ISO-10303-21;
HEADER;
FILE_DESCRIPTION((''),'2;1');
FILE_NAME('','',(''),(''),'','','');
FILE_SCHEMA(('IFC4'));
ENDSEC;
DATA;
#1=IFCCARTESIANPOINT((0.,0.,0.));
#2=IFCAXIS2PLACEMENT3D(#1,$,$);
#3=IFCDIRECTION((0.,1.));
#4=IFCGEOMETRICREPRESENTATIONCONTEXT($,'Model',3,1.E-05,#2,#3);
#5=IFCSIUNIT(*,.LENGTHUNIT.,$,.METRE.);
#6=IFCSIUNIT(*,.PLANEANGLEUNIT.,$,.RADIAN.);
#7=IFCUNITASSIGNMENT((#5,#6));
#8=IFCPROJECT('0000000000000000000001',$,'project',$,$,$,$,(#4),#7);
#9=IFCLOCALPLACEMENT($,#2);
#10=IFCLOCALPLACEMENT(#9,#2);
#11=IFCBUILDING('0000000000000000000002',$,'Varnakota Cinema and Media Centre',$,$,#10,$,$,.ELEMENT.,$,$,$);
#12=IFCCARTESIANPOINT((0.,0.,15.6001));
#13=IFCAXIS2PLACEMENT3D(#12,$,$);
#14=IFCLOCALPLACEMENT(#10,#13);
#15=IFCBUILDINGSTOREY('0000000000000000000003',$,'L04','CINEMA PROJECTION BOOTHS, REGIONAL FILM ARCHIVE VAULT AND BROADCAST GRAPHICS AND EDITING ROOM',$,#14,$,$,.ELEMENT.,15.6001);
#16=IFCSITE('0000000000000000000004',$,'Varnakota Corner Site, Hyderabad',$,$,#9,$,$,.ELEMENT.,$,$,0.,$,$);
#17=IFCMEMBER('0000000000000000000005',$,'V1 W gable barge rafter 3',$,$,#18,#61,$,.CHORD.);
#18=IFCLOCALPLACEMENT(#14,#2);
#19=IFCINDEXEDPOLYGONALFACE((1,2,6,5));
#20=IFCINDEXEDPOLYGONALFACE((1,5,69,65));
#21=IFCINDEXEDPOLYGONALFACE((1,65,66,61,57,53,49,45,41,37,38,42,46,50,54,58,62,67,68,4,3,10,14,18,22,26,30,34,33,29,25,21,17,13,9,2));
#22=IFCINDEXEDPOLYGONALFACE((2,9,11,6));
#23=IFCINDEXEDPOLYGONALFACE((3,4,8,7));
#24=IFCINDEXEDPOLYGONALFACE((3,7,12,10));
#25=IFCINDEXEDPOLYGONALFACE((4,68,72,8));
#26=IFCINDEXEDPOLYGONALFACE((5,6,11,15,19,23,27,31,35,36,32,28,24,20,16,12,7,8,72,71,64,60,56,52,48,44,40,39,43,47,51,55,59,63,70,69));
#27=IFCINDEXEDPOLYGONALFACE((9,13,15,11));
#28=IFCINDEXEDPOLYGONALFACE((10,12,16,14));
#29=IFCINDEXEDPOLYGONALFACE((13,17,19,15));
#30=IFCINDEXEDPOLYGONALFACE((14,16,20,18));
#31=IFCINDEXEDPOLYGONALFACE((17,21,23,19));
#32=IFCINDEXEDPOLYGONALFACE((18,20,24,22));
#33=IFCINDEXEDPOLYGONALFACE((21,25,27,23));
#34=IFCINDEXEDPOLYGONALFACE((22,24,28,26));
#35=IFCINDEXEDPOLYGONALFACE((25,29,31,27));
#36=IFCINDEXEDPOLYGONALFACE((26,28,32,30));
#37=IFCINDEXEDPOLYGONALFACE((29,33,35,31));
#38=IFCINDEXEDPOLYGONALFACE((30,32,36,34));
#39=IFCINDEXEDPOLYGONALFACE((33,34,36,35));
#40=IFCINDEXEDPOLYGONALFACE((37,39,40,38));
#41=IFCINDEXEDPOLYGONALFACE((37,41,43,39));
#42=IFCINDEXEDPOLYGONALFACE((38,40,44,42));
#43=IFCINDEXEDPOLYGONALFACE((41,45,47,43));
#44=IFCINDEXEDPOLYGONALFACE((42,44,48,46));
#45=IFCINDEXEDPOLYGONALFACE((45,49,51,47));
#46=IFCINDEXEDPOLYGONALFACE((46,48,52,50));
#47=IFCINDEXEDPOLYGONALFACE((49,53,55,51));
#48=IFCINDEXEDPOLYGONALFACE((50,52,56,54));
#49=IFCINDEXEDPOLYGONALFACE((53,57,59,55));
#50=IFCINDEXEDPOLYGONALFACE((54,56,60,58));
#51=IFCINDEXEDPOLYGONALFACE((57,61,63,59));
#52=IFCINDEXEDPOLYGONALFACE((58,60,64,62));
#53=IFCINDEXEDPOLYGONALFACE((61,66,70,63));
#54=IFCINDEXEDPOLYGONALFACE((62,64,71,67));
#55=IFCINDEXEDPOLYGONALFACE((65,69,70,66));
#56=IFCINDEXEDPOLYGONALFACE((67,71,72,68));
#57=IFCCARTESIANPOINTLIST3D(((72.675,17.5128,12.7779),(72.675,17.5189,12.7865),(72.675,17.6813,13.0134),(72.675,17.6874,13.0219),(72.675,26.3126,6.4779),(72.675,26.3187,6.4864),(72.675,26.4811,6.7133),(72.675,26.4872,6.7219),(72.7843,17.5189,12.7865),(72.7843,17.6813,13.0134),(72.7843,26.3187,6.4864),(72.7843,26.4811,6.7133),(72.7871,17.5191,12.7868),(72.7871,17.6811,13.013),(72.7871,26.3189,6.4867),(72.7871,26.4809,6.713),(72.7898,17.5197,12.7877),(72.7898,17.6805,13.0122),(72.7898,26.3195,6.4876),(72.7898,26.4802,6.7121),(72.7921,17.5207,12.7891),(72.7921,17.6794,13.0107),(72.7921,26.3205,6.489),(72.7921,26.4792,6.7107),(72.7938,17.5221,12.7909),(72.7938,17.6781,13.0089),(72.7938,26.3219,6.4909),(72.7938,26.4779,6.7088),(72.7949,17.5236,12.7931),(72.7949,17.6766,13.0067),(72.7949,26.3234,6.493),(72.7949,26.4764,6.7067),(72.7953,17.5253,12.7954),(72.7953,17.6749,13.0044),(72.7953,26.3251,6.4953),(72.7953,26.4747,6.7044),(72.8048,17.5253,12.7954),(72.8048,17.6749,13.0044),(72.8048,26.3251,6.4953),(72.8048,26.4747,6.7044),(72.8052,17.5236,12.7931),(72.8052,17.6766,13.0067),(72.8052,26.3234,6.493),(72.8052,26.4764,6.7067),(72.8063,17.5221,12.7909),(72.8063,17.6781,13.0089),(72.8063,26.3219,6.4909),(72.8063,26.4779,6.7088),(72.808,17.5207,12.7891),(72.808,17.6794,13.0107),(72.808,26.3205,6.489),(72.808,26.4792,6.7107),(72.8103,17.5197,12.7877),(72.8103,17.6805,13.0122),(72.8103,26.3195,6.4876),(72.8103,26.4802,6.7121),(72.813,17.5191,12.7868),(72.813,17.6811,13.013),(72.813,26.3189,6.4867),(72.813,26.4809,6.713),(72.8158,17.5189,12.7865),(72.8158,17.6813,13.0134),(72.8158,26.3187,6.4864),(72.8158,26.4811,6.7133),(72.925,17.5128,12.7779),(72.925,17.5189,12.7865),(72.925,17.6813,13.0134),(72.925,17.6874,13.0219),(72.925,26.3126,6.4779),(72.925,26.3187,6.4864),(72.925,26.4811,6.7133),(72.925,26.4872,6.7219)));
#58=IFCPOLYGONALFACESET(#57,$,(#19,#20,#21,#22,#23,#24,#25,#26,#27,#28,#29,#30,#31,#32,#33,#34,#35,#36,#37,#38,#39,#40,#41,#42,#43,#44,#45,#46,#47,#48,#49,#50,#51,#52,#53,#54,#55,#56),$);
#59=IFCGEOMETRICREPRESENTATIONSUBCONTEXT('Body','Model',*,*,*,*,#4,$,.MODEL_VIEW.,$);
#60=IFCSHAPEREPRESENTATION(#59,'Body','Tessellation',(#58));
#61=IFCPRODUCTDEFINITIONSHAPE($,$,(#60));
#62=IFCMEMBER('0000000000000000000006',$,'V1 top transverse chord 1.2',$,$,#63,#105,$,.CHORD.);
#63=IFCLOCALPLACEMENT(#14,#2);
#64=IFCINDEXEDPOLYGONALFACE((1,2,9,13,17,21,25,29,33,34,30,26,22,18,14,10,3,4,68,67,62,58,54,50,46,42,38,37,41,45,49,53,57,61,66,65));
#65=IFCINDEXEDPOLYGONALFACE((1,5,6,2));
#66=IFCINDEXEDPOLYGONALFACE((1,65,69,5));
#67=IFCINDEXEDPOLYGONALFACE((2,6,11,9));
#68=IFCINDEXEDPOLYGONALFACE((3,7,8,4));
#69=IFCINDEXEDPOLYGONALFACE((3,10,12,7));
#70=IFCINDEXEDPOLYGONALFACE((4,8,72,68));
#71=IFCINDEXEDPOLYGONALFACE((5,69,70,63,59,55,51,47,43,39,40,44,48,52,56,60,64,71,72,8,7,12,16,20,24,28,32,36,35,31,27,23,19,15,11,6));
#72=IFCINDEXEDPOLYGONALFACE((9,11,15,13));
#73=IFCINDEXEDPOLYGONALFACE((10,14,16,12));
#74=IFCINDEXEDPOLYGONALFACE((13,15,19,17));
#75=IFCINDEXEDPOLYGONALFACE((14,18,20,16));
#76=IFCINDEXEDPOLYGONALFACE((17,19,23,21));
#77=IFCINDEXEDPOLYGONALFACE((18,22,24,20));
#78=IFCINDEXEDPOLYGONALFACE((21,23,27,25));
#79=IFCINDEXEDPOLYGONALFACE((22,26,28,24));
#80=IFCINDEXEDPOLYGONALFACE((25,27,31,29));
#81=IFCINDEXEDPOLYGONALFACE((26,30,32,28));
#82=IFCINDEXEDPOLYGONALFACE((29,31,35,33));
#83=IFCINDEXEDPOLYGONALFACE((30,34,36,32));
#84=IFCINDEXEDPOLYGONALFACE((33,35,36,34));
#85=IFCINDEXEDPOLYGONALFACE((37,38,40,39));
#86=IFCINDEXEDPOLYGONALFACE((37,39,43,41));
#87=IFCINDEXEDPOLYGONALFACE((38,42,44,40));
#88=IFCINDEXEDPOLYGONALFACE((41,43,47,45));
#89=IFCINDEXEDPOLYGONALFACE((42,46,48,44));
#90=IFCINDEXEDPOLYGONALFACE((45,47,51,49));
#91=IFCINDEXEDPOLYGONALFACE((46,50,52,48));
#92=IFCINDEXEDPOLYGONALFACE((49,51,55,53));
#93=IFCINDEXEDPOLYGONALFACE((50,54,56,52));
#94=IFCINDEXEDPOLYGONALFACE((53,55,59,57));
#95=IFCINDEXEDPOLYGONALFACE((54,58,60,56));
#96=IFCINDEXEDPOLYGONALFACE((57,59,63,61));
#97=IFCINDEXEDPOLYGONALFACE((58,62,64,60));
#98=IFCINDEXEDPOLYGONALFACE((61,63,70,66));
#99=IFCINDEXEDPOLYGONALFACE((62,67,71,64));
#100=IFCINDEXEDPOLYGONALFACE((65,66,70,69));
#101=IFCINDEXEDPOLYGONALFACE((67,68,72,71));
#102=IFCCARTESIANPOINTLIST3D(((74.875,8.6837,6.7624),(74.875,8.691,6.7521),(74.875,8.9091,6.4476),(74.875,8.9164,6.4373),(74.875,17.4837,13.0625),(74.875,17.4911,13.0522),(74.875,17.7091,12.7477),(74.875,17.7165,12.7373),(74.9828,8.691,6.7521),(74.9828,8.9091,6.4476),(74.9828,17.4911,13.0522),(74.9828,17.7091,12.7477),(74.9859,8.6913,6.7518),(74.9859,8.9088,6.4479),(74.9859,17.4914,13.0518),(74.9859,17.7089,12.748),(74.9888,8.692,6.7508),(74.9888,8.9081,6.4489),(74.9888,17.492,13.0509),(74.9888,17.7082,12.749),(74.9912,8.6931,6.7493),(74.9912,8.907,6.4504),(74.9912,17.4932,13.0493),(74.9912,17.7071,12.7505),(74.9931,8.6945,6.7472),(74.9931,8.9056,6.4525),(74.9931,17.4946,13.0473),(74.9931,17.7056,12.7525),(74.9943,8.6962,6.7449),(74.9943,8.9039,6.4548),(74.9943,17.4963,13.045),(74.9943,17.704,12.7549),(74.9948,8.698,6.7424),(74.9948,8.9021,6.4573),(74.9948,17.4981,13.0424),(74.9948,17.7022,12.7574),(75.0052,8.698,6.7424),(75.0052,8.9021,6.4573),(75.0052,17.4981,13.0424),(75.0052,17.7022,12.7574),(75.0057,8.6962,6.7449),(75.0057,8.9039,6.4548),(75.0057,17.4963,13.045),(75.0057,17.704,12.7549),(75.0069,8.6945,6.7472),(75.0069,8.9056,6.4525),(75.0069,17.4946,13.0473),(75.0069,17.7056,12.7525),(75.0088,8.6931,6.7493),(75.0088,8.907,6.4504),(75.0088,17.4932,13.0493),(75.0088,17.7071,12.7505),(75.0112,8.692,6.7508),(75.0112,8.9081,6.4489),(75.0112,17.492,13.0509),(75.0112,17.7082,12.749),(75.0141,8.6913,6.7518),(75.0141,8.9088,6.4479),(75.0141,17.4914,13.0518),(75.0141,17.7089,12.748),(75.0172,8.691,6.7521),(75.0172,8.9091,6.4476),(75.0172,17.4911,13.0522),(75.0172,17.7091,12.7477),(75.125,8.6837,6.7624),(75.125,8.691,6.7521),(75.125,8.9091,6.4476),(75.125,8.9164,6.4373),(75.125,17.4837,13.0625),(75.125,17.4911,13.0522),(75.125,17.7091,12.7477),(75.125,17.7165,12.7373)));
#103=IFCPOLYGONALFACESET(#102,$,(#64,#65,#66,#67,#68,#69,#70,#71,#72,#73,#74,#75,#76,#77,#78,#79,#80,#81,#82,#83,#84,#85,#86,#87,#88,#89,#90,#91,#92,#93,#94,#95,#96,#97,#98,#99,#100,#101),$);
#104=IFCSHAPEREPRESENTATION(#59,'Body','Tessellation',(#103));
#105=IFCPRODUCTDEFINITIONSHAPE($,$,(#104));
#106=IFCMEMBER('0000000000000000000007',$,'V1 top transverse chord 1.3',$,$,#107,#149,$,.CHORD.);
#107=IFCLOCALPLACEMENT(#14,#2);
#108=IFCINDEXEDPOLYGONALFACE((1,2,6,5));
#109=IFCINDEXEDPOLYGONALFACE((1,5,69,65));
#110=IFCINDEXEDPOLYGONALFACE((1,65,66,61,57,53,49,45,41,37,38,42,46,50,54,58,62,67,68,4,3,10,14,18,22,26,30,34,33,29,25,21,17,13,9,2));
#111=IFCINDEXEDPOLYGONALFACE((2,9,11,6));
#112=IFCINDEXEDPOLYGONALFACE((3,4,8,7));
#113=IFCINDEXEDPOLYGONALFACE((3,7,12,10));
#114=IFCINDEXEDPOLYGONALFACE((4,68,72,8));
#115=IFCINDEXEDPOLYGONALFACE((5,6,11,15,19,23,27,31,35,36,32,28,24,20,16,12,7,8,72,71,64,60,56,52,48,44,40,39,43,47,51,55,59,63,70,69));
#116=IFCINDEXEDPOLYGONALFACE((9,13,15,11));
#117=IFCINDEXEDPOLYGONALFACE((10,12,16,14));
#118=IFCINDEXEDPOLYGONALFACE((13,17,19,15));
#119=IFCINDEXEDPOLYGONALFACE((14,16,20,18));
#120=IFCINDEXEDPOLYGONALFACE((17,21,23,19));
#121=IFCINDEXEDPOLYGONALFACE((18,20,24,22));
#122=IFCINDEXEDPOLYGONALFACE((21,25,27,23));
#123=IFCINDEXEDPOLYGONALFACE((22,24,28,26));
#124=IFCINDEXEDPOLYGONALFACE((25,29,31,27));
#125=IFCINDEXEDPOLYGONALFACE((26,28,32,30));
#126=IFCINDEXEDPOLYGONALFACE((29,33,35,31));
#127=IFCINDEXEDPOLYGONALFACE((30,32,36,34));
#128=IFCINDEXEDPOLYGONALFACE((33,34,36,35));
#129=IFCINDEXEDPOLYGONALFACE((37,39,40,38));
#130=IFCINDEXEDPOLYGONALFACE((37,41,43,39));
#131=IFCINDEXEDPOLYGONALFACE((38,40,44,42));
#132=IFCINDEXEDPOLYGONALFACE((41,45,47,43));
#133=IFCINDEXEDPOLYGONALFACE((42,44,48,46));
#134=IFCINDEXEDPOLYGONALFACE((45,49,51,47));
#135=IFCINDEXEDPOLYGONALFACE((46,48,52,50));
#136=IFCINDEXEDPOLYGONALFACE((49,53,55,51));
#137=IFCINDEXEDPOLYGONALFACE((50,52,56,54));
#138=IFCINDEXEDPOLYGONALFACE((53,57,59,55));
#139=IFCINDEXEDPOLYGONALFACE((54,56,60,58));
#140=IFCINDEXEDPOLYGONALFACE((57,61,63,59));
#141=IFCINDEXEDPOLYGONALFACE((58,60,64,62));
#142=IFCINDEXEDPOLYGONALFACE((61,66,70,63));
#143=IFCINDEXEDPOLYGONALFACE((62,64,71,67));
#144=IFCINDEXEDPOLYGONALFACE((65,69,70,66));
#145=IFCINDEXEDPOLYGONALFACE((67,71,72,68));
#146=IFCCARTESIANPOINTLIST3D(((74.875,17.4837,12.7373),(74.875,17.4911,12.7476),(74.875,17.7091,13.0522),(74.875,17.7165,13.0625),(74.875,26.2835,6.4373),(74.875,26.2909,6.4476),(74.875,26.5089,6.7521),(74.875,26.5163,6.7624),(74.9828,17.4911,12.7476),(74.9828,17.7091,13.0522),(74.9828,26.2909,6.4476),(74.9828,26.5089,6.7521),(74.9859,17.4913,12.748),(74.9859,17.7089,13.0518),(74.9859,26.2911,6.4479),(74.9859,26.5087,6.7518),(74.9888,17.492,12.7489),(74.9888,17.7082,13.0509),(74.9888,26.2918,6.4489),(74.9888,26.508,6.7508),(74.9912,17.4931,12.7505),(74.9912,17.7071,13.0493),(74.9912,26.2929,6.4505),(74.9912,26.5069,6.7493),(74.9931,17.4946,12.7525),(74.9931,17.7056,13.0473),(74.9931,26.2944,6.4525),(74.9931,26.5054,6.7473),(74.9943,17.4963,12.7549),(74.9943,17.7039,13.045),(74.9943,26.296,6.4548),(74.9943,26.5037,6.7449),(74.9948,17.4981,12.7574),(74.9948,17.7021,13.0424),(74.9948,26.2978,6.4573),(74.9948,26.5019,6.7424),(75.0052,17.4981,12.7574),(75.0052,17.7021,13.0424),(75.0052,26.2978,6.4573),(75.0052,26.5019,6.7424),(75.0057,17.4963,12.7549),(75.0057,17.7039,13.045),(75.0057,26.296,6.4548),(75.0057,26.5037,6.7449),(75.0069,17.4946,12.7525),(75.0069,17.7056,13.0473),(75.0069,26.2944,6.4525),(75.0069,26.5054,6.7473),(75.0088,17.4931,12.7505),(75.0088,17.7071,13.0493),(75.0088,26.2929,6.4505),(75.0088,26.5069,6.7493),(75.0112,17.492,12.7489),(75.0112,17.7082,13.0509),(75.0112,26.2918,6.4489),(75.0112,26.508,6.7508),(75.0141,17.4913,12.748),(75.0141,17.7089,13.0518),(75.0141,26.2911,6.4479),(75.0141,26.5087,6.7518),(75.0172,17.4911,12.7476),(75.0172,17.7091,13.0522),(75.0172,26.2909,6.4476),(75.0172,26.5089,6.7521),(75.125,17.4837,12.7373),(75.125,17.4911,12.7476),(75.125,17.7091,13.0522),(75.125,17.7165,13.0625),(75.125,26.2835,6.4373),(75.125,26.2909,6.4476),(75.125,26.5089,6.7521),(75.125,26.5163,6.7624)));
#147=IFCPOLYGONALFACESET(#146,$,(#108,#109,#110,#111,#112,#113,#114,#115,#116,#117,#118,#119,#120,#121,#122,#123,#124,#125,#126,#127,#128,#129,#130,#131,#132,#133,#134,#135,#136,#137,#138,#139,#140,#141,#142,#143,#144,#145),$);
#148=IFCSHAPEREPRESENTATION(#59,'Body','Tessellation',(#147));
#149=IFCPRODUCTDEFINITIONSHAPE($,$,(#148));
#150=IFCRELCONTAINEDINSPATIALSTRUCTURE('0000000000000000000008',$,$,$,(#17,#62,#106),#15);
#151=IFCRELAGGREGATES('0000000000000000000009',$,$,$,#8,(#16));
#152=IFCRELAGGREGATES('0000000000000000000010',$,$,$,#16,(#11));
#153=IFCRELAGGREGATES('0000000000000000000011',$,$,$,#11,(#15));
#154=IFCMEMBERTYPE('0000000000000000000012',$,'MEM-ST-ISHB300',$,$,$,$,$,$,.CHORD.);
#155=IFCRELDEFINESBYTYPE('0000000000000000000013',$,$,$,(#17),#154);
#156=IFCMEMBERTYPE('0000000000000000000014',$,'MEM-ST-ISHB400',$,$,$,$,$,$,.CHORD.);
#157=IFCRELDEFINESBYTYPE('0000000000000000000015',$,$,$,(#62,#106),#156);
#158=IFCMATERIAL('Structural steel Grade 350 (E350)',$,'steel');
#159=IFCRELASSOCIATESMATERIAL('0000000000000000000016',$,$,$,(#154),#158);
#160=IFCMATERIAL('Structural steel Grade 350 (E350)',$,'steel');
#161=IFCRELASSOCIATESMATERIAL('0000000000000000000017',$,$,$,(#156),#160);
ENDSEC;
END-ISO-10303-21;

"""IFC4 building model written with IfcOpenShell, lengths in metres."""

from ifc_helpers import new_model, si_unit, direction, frame, origin, origin_2d, place, context, subcontext, project, spatial, i_section, extrude, material, material_profile, profile_set, type_object, element, save


model = new_model("IFC4")

# Units and contexts
model_context = context("Model", 3, precision=1e-05, world=origin(), true_north=direction((0.0, 1.0)))
body_context = subcontext(model_context, "Body", "Model", "MODEL_VIEW")
ifc_project = project(units=[si_unit("LENGTHUNIT", "METRE"), si_unit("PLANEANGLEUNIT", "RADIAN")], contexts=[model_context])

# Site, building, storey
site_placement = place(None, origin())
site = spatial("IfcSite", under=ifc_project, at=site_placement, Name="Varnakota Corner Site, Hyderabad", CompositionType="ELEMENT", RefElevation=0.0)
building_placement = place(site_placement, origin())
building = spatial("IfcBuilding", under=site, at=building_placement, Name="Varnakota Cinema and Media Centre", CompositionType="ELEMENT")
storey_placement = place(building_placement, frame((0.0, 0.0, 15.6001)))
storey = spatial("IfcBuildingStorey", under=building, at=storey_placement, Name="L04", Description="CINEMA PROJECTION BOOTHS, REGIONAL FILM ARCHIVE VAULT AND BROADCAST GRAPHICS AND EDITING ROOM", CompositionType="ELEMENT", Elevation=15.6001)

# Members
ifc_material_1 = material(Name="Structural steel Grade 350 (E350)", Category="steel")
ifc_material_profile_1 = material_profile(ifc_material_1, i_section(OverallWidth=0.25, OverallDepth=0.3, WebThickness=0.0095, FlangeThickness=0.0105, FilletRadius=0.011, at=origin_2d()), Name="ISHB 300")
ifc_profile_set_1 = profile_set([ifc_material_profile_1], Name="Structural steel Grade 350 (E350)")
member_type_1 = type_object("IfcMemberType", Name="MEM-ST-ISHB300", PredefinedType="CHORD", material=ifc_profile_set_1)
member_1_placement = place(storey_placement, frame((72.8, 17.6001, 12.8999), z_axis=(0.0, 0.8131, -0.582123), x_axis=(-1.0, 0.0, 0.0)))
element("IfcMember", 1, at=member_1_placement, inside=storey, type_object=member_type_1, Name="V1 W gable barge rafter 3", PredefinedType="CHORD", context=body_context, shape_type="SweptSolid", body=[
    extrude(i_section(OverallWidth=0.25, OverallDepth=0.3, WebThickness=0.0095, FlangeThickness=0.0105, FilletRadius=0.011, at=origin_2d()), origin(), (0.0, 0.0, 1.0), 10.8225),
])
ifc_material_2 = material(Name="Structural steel Grade 350 (E350)", Category="steel")
ifc_material_profile_2 = material_profile(ifc_material_2, i_section(OverallWidth=0.25, OverallDepth=0.3999, WebThickness=0.0105, FlangeThickness=0.0127, FilletRadius=0.012, at=origin_2d()), Name="ISHB 400")
ifc_profile_set_2 = profile_set([ifc_material_profile_2], Name="Structural steel Grade 350 (E350)")
member_type_2 = type_object("IfcMemberType", Name="MEM-ST-ISHB400", PredefinedType="CHORD", material=ifc_profile_set_2)
member_2_placement = place(storey_placement, frame((75.0, 8.8, 6.5999), z_axis=(0.0, 0.813108, 0.582113), x_axis=(-1.0, 0.0, 0.0)))
element("IfcMember", 2, at=member_2_placement, inside=storey, type_object=member_type_2, Name="V1 top transverse chord 1.2", PredefinedType="CHORD", context=body_context, shape_type="SweptSolid", body=[
    extrude(i_section(OverallWidth=0.25, OverallDepth=0.3999, WebThickness=0.0105, FlangeThickness=0.0127, FilletRadius=0.012, at=origin_2d()), origin(), (0.0, 0.0, 1.0), 10.8228),
])
member_3_placement = place(storey_placement, frame((75.0, 17.6001, 12.8999), z_axis=(0.0, 0.8131, -0.582123), x_axis=(-1.0, 0.0, 0.0)))
element("IfcMember", 3, at=member_3_placement, inside=storey, type_object=member_type_2, Name="V1 top transverse chord 1.3", PredefinedType="CHORD", context=body_context, shape_type="SweptSolid", body=[
    extrude(i_section(OverallWidth=0.25, OverallDepth=0.3999, WebThickness=0.0105, FlangeThickness=0.0127, FilletRadius=0.012, at=origin_2d()), origin(), (0.0, 0.0, 1.0), 10.8225),
])

save(model, "model.ifc")
